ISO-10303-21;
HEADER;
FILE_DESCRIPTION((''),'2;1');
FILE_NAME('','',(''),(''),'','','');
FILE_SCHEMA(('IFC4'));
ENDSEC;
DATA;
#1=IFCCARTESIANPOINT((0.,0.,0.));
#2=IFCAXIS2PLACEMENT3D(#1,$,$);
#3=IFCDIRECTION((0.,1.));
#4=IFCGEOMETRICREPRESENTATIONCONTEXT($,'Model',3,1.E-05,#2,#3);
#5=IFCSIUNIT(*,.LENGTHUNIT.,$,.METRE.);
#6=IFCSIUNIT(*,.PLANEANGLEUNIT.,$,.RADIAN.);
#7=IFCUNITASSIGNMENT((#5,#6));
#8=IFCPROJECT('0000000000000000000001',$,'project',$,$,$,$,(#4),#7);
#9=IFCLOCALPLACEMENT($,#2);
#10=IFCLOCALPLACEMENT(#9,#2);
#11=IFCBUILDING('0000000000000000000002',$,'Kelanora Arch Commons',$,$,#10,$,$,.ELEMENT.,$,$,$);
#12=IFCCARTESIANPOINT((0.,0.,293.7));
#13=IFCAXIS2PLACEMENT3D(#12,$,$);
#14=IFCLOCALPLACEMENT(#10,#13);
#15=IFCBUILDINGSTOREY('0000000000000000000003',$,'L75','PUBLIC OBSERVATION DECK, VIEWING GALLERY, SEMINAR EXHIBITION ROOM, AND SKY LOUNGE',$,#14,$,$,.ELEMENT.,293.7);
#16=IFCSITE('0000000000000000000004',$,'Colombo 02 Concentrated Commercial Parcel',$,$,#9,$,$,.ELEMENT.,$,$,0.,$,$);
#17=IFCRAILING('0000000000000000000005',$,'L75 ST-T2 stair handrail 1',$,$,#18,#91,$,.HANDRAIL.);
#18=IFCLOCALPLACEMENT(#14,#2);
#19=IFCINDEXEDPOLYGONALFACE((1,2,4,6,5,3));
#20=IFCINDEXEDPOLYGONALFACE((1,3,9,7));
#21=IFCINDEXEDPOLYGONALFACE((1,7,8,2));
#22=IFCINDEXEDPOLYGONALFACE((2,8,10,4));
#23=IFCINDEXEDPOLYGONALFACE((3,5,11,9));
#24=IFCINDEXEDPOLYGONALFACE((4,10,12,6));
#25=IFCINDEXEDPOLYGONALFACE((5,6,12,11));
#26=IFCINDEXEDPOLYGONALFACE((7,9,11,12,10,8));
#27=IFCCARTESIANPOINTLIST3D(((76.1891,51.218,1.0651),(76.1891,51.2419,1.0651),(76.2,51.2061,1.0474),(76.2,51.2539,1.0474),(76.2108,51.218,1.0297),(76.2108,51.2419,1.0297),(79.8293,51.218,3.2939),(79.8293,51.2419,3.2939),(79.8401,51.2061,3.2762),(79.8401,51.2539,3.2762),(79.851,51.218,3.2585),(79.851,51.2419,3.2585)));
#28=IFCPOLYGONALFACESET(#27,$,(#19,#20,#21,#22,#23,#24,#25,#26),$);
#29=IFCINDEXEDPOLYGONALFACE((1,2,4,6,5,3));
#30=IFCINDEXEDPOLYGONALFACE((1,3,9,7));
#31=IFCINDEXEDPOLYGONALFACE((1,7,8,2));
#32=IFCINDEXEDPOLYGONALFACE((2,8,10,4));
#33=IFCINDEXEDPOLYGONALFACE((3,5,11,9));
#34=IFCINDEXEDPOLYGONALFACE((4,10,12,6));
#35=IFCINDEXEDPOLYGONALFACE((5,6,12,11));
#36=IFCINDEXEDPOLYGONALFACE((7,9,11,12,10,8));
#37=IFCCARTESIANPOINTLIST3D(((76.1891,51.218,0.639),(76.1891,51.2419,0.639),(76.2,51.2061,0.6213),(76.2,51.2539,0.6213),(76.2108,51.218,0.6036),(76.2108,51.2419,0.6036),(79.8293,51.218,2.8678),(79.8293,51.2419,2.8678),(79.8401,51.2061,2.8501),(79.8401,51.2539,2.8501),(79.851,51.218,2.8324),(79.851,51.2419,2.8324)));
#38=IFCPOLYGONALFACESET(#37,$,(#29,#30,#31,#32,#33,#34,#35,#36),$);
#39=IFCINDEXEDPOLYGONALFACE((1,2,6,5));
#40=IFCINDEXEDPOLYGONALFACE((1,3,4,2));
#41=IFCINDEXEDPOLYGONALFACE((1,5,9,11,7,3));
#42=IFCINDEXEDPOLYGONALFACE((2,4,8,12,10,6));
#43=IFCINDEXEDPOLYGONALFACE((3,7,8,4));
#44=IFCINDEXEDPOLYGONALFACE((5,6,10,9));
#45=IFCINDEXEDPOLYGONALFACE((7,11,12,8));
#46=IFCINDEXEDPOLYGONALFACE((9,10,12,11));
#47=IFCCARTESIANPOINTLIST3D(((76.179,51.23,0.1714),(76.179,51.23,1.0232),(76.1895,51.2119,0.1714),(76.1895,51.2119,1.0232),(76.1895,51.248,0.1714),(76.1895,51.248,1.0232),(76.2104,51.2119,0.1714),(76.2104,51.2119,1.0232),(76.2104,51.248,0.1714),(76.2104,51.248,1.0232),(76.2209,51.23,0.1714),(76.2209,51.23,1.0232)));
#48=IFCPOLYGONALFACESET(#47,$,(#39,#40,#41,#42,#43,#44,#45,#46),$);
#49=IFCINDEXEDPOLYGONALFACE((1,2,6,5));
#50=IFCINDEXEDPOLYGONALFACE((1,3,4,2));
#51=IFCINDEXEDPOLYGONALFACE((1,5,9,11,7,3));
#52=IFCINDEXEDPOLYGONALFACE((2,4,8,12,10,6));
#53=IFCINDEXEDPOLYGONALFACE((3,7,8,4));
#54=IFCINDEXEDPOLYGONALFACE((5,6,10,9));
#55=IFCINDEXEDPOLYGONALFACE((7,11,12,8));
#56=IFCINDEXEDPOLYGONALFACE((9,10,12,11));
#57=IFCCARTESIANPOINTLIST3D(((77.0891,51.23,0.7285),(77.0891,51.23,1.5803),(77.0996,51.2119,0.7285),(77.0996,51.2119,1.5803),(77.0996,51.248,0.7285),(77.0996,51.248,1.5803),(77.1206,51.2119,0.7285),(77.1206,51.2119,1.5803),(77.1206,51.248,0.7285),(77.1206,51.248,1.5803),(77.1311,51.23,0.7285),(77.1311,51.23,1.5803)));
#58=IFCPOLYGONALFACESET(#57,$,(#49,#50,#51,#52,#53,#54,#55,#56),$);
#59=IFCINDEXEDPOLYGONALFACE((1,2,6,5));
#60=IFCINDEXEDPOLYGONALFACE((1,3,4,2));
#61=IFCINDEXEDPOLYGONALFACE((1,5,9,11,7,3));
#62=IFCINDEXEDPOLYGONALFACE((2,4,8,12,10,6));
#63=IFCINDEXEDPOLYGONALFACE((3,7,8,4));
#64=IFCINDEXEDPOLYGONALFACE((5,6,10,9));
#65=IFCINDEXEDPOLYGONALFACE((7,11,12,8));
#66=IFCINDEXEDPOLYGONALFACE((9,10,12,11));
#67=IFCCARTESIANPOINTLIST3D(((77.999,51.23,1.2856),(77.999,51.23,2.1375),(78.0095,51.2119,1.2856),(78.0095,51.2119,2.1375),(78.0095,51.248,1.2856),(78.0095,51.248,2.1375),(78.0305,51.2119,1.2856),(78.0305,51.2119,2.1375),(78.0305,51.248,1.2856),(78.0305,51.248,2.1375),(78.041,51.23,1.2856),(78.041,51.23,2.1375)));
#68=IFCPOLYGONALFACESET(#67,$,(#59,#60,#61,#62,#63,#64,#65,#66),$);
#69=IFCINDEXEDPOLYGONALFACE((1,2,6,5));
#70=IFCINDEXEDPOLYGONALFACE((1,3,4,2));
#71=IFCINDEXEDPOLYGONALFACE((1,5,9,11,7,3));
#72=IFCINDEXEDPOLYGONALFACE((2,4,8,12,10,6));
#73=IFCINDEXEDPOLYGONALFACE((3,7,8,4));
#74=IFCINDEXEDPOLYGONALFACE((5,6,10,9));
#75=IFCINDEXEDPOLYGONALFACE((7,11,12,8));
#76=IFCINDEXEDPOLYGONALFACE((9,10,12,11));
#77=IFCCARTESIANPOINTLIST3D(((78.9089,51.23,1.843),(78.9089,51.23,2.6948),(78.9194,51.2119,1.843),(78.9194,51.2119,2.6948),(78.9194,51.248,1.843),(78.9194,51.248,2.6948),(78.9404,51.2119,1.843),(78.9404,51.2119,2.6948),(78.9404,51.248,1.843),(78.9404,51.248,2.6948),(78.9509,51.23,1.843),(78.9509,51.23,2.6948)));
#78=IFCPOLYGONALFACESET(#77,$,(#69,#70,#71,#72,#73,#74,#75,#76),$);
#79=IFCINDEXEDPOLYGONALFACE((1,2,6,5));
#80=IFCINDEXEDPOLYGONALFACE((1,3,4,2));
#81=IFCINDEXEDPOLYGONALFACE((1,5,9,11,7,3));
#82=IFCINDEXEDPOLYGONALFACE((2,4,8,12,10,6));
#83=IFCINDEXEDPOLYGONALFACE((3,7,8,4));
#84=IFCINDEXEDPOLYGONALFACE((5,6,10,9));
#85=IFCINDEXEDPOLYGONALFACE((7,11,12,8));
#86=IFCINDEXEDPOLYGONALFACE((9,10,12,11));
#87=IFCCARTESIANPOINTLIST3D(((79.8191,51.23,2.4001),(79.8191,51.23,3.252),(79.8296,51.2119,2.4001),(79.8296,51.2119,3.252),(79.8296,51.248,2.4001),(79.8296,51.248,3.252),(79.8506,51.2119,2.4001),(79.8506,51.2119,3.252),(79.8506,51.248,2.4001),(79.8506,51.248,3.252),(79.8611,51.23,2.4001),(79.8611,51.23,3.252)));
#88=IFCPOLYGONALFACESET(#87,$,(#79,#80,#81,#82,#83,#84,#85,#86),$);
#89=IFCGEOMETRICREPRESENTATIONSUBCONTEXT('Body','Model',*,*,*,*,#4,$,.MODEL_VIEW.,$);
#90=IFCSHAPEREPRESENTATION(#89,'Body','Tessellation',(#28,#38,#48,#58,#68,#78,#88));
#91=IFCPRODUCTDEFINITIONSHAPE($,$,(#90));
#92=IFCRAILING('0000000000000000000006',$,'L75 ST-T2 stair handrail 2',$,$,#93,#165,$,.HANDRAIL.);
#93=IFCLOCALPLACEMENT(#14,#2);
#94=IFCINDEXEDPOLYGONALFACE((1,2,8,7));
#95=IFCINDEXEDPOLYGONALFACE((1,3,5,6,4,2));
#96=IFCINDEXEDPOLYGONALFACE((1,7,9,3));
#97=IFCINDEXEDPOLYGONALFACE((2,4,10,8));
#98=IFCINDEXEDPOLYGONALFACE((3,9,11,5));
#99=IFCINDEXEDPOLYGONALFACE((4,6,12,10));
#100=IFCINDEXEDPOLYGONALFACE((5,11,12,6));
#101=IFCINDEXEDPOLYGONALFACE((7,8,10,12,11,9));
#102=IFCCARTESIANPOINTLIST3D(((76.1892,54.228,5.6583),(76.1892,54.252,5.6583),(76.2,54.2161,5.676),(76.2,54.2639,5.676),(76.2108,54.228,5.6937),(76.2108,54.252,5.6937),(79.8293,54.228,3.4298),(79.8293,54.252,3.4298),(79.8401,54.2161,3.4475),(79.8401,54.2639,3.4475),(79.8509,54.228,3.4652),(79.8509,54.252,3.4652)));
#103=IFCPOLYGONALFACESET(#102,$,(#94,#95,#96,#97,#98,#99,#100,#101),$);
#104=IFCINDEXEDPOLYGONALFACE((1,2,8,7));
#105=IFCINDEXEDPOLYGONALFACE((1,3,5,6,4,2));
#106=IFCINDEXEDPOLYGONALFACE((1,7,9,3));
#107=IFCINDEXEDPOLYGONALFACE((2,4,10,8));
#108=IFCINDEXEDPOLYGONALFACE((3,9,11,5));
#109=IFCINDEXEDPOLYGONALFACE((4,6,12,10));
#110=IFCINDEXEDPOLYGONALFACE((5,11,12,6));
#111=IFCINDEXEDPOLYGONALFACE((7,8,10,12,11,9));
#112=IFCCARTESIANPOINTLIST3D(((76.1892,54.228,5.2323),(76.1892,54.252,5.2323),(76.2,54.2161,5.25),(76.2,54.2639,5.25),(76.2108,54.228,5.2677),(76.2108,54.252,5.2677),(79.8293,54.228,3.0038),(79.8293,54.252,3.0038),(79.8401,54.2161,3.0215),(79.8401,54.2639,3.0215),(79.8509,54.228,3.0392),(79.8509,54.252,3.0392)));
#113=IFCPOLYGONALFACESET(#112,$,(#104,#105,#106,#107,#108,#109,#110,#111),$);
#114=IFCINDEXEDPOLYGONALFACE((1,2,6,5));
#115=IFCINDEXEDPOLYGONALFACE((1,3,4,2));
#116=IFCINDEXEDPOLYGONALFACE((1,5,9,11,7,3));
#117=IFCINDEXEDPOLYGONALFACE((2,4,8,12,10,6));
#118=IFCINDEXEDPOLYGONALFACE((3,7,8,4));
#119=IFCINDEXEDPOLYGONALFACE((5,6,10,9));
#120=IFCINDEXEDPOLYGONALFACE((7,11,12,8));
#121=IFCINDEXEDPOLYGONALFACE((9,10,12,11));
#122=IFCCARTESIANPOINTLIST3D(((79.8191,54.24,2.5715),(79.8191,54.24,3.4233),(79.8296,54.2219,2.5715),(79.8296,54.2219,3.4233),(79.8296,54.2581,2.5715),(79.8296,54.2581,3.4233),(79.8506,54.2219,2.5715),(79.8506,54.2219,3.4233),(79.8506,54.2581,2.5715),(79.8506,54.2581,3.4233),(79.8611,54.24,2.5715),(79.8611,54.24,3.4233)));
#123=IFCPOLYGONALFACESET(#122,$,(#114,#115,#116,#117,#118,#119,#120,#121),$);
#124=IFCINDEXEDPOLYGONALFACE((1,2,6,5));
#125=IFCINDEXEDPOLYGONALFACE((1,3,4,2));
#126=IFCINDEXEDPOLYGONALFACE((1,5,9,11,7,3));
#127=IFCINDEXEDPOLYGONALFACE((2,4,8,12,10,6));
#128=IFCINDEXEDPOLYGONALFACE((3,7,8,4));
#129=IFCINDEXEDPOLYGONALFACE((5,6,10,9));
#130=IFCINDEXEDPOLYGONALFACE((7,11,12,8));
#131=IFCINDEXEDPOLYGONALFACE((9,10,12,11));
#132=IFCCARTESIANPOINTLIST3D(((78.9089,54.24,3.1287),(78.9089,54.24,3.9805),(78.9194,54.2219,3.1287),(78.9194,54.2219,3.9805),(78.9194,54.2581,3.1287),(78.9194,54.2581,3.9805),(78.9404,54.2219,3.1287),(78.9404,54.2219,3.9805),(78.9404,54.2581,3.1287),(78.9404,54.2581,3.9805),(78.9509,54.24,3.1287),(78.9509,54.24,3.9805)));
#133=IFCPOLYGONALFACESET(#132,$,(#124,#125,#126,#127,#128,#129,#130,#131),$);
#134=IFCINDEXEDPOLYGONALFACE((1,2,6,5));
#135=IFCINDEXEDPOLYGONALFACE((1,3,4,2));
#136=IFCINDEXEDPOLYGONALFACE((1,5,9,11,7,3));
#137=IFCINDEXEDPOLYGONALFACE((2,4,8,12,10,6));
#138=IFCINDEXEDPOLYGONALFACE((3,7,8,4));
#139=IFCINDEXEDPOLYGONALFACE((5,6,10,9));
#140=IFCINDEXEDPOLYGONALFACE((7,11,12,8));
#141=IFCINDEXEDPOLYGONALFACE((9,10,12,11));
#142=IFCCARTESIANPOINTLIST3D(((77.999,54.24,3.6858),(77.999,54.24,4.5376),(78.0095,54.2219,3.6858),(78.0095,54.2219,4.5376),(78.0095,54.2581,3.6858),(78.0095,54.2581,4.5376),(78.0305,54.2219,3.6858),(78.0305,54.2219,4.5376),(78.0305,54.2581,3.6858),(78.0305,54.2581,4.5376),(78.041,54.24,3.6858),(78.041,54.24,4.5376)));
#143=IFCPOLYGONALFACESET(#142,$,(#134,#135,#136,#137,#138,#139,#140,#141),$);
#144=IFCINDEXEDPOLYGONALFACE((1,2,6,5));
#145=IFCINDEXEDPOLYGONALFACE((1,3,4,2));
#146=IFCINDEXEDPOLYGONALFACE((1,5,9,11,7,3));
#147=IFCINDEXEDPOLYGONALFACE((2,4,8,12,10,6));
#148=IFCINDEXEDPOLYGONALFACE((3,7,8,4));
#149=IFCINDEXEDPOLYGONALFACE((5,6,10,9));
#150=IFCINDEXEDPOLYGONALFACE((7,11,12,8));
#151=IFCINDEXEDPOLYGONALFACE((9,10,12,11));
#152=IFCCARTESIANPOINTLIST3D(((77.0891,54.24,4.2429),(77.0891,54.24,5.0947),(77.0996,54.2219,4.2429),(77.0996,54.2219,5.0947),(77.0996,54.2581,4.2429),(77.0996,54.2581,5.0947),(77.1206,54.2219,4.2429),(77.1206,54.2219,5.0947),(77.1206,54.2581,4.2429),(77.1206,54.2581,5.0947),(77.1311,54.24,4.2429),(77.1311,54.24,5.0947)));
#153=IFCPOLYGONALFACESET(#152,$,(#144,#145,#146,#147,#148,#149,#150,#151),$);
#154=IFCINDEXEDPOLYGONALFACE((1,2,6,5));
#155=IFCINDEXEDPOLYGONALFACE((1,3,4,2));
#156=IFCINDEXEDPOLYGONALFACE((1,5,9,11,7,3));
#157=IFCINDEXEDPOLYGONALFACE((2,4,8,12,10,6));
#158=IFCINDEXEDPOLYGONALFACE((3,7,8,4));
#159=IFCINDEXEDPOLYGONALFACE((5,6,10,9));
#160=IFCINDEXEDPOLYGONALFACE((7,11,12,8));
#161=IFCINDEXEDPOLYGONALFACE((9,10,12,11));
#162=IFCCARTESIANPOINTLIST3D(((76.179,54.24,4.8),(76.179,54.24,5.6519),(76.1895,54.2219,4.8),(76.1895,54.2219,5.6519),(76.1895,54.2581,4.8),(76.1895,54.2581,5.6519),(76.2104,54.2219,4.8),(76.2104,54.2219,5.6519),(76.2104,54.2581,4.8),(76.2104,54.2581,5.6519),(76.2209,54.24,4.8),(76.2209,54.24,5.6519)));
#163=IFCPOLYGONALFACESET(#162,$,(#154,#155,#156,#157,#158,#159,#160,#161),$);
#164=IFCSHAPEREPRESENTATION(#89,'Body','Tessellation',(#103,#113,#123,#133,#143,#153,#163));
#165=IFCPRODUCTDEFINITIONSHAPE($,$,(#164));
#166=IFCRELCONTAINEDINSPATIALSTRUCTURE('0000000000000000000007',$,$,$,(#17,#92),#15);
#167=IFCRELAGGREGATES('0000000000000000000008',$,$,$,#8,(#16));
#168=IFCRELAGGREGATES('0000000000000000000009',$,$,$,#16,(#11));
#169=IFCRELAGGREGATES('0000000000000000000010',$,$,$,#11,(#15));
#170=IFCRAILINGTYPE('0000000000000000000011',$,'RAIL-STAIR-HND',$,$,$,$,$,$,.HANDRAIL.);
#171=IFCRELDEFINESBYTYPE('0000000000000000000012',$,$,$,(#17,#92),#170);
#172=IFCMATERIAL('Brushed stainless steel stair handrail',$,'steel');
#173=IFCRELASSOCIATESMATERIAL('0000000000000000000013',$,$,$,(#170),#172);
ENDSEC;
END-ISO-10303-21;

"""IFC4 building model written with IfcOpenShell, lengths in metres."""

from ifc_helpers import new_model, si_unit, direction, frame, origin, place, context, subcontext, project, spatial, polyline, outline, extrude, material, type_object, element, save


model = new_model("IFC4")

# Units and contexts
model_context = context("Model", 3, precision=1e-05, world=origin(), true_north=direction((0.0, 1.0)))
body_context = subcontext(model_context, "Body", "Model", "MODEL_VIEW")
ifc_project = project(units=[si_unit("LENGTHUNIT", "METRE"), si_unit("PLANEANGLEUNIT", "RADIAN")], contexts=[model_context])

# Site, building, storey
site_placement = place(None, origin())
site = spatial("IfcSite", under=ifc_project, at=site_placement, Name="Colombo 02 Concentrated Commercial Parcel", CompositionType="ELEMENT", RefElevation=0.0)
building_placement = place(site_placement, origin())
building = spatial("IfcBuilding", under=site, at=building_placement, Name="Kelanora Arch Commons", CompositionType="ELEMENT")
storey_placement = place(building_placement, frame((0.0, 0.0, 293.7)))
storey = spatial("IfcBuildingStorey", under=building, at=storey_placement, Name="L75", Description="PUBLIC OBSERVATION DECK, VIEWING GALLERY, SEMINAR EXHIBITION ROOM, AND SKY LOUNGE", CompositionType="ELEMENT", Elevation=293.7)

# Railings
ifc_material_1 = material(Name="Brushed stainless steel stair handrail", Category="steel")
railing_type_1 = type_object("IfcRailingType", Name="RAIL-STAIR-HND", PredefinedType="HANDRAIL", material=ifc_material_1)
railing_1_placement = place(storey_placement, frame((76.2, 51.23, 0.1714)))
element("IfcRailing", 1, at=railing_1_placement, inside=storey, type_object=railing_type_1, Name="L75 ST-T2 stair handrail 1", PredefinedType="HANDRAIL", context=body_context, shape_type="SweptSolid", body=[
    extrude(outline(polyline([(0.0239, 0.0), (0.012, 0.0208), (-0.012, 0.0208), (-0.0239, 0.0), (-0.012, -0.0208), (0.012, -0.0208), (0.0239, 0.0)])), frame((0.0, 0.0, 0.876), z_axis=(0.85284, 0.0, 0.522172), x_axis=(0.0, 1.0, 0.0)), (0.0, 0.0, 1.0), 4.2683),
    extrude(outline(polyline([(0.0239, 0.0), (0.012, 0.0208), (-0.012, 0.0208), (-0.0239, 0.0), (-0.012, -0.0208), (0.012, -0.0208), (0.0239, 0.0)])), frame((0.0, 0.0, 0.45), z_axis=(0.85284, 0.0, 0.522172), x_axis=(0.0, 1.0, 0.0)), (0.0, 0.0, 1.0), 4.2683),
    extrude(outline(polyline([(0.021, 0.0), (0.0105, 0.0181), (-0.0105, 0.0181), (-0.021, 0.0), (-0.0105, -0.0181), (0.0105, -0.0181), (0.021, 0.0)])), origin(), (0.0, 0.0, 1.0), 0.8518),
    extrude(outline(polyline([(0.021, 0.0), (0.0105, 0.0181), (-0.0105, 0.0181), (-0.021, 0.0), (-0.0105, -0.0181), (0.0105, -0.0181), (0.021, 0.0)])), frame((0.9102, 0.0, 0.5571)), (0.0, 0.0, 1.0), 0.8518),
    extrude(outline(polyline([(0.021, 0.0), (0.0105, 0.0181), (-0.0105, 0.0181), (-0.021, 0.0), (-0.0105, -0.0181), (0.0105, -0.0181), (0.021, 0.0)])), frame((1.8201, 0.0, 1.1143)), (0.0, 0.0, 1.0), 0.8518),
    extrude(outline(polyline([(0.021, 0.0), (0.0105, 0.0181), (-0.0105, 0.0181), (-0.021, 0.0), (-0.0105, -0.0181), (0.0105, -0.0181), (0.021, 0.0)])), frame((2.73, 0.0, 1.6716)), (0.0, 0.0, 1.0), 0.8518),
    extrude(outline(polyline([(0.021, 0.0), (0.0105, 0.0181), (-0.0105, 0.0181), (-0.021, 0.0), (-0.0105, -0.0181), (0.0105, -0.0181), (0.021, 0.0)])), frame((3.6401, 0.0, 2.2288)), (0.0, 0.0, 1.0), 0.8518),
])
railing_2_placement = place(storey_placement, frame((79.8401, 54.24, 2.5715)))
element("IfcRailing", 2, at=railing_2_placement, inside=storey, type_object=railing_type_1, Name="L75 ST-T2 stair handrail 2", PredefinedType="HANDRAIL", context=body_context, shape_type="SweptSolid", body=[
    extrude(outline(polyline([(0.0239, 0.0), (0.012, 0.0208), (-0.012, 0.0208), (-0.0239, 0.0), (-0.012, -0.0208), (0.012, -0.0208), (0.0239, 0.0)])), frame((0.0, 0.0, 0.876), z_axis=(-0.852866, 0.0, 0.52213), x_axis=(0.0, -1.0, 0.0)), (0.0, 0.0, 1.0), 4.2681),
    extrude(outline(polyline([(0.0239, 0.0), (0.012, 0.0208), (-0.012, 0.0208), (-0.0239, 0.0), (-0.012, -0.0208), (0.012, -0.0208), (0.0239, 0.0)])), frame((0.0, 0.0, 0.45), z_axis=(-0.852866, 0.0, 0.52213), x_axis=(0.0, -1.0, 0.0)), (0.0, 0.0, 1.0), 4.2681),
    extrude(outline(polyline([(0.021, 0.0), (0.0105, 0.0181), (-0.0105, 0.0181), (-0.021, 0.0), (-0.0105, -0.0181), (0.0105, -0.0181), (0.021, 0.0)])), origin(), (0.0, 0.0, 1.0), 0.8518),
    extrude(outline(polyline([(0.021, 0.0), (0.0105, 0.0181), (-0.0105, 0.0181), (-0.021, 0.0), (-0.0105, -0.0181), (0.0105, -0.0181), (0.021, 0.0)])), frame((-0.9102, 0.0, 0.5571)), (0.0, 0.0, 1.0), 0.8518),
    extrude(outline(polyline([(0.021, 0.0), (0.0105, 0.0181), (-0.0105, 0.0181), (-0.021, 0.0), (-0.0105, -0.0181), (0.0105, -0.0181), (0.021, 0.0)])), frame((-1.8201, 0.0, 1.1143)), (0.0, 0.0, 1.0), 0.8518),
    extrude(outline(polyline([(0.021, 0.0), (0.0105, 0.0181), (-0.0105, 0.0181), (-0.021, 0.0), (-0.0105, -0.0181), (0.0105, -0.0181), (0.021, 0.0)])), frame((-2.73, 0.0, 1.6714)), (0.0, 0.0, 1.0), 0.8518),
    extrude(outline(polyline([(0.021, 0.0), (0.0105, 0.0181), (-0.0105, 0.0181), (-0.021, 0.0), (-0.0105, -0.0181), (0.0105, -0.0181), (0.021, 0.0)])), frame((-3.6401, 0.0, 2.2285)), (0.0, 0.0, 1.0), 0.8518),
])

save(model, "model.ifc")
